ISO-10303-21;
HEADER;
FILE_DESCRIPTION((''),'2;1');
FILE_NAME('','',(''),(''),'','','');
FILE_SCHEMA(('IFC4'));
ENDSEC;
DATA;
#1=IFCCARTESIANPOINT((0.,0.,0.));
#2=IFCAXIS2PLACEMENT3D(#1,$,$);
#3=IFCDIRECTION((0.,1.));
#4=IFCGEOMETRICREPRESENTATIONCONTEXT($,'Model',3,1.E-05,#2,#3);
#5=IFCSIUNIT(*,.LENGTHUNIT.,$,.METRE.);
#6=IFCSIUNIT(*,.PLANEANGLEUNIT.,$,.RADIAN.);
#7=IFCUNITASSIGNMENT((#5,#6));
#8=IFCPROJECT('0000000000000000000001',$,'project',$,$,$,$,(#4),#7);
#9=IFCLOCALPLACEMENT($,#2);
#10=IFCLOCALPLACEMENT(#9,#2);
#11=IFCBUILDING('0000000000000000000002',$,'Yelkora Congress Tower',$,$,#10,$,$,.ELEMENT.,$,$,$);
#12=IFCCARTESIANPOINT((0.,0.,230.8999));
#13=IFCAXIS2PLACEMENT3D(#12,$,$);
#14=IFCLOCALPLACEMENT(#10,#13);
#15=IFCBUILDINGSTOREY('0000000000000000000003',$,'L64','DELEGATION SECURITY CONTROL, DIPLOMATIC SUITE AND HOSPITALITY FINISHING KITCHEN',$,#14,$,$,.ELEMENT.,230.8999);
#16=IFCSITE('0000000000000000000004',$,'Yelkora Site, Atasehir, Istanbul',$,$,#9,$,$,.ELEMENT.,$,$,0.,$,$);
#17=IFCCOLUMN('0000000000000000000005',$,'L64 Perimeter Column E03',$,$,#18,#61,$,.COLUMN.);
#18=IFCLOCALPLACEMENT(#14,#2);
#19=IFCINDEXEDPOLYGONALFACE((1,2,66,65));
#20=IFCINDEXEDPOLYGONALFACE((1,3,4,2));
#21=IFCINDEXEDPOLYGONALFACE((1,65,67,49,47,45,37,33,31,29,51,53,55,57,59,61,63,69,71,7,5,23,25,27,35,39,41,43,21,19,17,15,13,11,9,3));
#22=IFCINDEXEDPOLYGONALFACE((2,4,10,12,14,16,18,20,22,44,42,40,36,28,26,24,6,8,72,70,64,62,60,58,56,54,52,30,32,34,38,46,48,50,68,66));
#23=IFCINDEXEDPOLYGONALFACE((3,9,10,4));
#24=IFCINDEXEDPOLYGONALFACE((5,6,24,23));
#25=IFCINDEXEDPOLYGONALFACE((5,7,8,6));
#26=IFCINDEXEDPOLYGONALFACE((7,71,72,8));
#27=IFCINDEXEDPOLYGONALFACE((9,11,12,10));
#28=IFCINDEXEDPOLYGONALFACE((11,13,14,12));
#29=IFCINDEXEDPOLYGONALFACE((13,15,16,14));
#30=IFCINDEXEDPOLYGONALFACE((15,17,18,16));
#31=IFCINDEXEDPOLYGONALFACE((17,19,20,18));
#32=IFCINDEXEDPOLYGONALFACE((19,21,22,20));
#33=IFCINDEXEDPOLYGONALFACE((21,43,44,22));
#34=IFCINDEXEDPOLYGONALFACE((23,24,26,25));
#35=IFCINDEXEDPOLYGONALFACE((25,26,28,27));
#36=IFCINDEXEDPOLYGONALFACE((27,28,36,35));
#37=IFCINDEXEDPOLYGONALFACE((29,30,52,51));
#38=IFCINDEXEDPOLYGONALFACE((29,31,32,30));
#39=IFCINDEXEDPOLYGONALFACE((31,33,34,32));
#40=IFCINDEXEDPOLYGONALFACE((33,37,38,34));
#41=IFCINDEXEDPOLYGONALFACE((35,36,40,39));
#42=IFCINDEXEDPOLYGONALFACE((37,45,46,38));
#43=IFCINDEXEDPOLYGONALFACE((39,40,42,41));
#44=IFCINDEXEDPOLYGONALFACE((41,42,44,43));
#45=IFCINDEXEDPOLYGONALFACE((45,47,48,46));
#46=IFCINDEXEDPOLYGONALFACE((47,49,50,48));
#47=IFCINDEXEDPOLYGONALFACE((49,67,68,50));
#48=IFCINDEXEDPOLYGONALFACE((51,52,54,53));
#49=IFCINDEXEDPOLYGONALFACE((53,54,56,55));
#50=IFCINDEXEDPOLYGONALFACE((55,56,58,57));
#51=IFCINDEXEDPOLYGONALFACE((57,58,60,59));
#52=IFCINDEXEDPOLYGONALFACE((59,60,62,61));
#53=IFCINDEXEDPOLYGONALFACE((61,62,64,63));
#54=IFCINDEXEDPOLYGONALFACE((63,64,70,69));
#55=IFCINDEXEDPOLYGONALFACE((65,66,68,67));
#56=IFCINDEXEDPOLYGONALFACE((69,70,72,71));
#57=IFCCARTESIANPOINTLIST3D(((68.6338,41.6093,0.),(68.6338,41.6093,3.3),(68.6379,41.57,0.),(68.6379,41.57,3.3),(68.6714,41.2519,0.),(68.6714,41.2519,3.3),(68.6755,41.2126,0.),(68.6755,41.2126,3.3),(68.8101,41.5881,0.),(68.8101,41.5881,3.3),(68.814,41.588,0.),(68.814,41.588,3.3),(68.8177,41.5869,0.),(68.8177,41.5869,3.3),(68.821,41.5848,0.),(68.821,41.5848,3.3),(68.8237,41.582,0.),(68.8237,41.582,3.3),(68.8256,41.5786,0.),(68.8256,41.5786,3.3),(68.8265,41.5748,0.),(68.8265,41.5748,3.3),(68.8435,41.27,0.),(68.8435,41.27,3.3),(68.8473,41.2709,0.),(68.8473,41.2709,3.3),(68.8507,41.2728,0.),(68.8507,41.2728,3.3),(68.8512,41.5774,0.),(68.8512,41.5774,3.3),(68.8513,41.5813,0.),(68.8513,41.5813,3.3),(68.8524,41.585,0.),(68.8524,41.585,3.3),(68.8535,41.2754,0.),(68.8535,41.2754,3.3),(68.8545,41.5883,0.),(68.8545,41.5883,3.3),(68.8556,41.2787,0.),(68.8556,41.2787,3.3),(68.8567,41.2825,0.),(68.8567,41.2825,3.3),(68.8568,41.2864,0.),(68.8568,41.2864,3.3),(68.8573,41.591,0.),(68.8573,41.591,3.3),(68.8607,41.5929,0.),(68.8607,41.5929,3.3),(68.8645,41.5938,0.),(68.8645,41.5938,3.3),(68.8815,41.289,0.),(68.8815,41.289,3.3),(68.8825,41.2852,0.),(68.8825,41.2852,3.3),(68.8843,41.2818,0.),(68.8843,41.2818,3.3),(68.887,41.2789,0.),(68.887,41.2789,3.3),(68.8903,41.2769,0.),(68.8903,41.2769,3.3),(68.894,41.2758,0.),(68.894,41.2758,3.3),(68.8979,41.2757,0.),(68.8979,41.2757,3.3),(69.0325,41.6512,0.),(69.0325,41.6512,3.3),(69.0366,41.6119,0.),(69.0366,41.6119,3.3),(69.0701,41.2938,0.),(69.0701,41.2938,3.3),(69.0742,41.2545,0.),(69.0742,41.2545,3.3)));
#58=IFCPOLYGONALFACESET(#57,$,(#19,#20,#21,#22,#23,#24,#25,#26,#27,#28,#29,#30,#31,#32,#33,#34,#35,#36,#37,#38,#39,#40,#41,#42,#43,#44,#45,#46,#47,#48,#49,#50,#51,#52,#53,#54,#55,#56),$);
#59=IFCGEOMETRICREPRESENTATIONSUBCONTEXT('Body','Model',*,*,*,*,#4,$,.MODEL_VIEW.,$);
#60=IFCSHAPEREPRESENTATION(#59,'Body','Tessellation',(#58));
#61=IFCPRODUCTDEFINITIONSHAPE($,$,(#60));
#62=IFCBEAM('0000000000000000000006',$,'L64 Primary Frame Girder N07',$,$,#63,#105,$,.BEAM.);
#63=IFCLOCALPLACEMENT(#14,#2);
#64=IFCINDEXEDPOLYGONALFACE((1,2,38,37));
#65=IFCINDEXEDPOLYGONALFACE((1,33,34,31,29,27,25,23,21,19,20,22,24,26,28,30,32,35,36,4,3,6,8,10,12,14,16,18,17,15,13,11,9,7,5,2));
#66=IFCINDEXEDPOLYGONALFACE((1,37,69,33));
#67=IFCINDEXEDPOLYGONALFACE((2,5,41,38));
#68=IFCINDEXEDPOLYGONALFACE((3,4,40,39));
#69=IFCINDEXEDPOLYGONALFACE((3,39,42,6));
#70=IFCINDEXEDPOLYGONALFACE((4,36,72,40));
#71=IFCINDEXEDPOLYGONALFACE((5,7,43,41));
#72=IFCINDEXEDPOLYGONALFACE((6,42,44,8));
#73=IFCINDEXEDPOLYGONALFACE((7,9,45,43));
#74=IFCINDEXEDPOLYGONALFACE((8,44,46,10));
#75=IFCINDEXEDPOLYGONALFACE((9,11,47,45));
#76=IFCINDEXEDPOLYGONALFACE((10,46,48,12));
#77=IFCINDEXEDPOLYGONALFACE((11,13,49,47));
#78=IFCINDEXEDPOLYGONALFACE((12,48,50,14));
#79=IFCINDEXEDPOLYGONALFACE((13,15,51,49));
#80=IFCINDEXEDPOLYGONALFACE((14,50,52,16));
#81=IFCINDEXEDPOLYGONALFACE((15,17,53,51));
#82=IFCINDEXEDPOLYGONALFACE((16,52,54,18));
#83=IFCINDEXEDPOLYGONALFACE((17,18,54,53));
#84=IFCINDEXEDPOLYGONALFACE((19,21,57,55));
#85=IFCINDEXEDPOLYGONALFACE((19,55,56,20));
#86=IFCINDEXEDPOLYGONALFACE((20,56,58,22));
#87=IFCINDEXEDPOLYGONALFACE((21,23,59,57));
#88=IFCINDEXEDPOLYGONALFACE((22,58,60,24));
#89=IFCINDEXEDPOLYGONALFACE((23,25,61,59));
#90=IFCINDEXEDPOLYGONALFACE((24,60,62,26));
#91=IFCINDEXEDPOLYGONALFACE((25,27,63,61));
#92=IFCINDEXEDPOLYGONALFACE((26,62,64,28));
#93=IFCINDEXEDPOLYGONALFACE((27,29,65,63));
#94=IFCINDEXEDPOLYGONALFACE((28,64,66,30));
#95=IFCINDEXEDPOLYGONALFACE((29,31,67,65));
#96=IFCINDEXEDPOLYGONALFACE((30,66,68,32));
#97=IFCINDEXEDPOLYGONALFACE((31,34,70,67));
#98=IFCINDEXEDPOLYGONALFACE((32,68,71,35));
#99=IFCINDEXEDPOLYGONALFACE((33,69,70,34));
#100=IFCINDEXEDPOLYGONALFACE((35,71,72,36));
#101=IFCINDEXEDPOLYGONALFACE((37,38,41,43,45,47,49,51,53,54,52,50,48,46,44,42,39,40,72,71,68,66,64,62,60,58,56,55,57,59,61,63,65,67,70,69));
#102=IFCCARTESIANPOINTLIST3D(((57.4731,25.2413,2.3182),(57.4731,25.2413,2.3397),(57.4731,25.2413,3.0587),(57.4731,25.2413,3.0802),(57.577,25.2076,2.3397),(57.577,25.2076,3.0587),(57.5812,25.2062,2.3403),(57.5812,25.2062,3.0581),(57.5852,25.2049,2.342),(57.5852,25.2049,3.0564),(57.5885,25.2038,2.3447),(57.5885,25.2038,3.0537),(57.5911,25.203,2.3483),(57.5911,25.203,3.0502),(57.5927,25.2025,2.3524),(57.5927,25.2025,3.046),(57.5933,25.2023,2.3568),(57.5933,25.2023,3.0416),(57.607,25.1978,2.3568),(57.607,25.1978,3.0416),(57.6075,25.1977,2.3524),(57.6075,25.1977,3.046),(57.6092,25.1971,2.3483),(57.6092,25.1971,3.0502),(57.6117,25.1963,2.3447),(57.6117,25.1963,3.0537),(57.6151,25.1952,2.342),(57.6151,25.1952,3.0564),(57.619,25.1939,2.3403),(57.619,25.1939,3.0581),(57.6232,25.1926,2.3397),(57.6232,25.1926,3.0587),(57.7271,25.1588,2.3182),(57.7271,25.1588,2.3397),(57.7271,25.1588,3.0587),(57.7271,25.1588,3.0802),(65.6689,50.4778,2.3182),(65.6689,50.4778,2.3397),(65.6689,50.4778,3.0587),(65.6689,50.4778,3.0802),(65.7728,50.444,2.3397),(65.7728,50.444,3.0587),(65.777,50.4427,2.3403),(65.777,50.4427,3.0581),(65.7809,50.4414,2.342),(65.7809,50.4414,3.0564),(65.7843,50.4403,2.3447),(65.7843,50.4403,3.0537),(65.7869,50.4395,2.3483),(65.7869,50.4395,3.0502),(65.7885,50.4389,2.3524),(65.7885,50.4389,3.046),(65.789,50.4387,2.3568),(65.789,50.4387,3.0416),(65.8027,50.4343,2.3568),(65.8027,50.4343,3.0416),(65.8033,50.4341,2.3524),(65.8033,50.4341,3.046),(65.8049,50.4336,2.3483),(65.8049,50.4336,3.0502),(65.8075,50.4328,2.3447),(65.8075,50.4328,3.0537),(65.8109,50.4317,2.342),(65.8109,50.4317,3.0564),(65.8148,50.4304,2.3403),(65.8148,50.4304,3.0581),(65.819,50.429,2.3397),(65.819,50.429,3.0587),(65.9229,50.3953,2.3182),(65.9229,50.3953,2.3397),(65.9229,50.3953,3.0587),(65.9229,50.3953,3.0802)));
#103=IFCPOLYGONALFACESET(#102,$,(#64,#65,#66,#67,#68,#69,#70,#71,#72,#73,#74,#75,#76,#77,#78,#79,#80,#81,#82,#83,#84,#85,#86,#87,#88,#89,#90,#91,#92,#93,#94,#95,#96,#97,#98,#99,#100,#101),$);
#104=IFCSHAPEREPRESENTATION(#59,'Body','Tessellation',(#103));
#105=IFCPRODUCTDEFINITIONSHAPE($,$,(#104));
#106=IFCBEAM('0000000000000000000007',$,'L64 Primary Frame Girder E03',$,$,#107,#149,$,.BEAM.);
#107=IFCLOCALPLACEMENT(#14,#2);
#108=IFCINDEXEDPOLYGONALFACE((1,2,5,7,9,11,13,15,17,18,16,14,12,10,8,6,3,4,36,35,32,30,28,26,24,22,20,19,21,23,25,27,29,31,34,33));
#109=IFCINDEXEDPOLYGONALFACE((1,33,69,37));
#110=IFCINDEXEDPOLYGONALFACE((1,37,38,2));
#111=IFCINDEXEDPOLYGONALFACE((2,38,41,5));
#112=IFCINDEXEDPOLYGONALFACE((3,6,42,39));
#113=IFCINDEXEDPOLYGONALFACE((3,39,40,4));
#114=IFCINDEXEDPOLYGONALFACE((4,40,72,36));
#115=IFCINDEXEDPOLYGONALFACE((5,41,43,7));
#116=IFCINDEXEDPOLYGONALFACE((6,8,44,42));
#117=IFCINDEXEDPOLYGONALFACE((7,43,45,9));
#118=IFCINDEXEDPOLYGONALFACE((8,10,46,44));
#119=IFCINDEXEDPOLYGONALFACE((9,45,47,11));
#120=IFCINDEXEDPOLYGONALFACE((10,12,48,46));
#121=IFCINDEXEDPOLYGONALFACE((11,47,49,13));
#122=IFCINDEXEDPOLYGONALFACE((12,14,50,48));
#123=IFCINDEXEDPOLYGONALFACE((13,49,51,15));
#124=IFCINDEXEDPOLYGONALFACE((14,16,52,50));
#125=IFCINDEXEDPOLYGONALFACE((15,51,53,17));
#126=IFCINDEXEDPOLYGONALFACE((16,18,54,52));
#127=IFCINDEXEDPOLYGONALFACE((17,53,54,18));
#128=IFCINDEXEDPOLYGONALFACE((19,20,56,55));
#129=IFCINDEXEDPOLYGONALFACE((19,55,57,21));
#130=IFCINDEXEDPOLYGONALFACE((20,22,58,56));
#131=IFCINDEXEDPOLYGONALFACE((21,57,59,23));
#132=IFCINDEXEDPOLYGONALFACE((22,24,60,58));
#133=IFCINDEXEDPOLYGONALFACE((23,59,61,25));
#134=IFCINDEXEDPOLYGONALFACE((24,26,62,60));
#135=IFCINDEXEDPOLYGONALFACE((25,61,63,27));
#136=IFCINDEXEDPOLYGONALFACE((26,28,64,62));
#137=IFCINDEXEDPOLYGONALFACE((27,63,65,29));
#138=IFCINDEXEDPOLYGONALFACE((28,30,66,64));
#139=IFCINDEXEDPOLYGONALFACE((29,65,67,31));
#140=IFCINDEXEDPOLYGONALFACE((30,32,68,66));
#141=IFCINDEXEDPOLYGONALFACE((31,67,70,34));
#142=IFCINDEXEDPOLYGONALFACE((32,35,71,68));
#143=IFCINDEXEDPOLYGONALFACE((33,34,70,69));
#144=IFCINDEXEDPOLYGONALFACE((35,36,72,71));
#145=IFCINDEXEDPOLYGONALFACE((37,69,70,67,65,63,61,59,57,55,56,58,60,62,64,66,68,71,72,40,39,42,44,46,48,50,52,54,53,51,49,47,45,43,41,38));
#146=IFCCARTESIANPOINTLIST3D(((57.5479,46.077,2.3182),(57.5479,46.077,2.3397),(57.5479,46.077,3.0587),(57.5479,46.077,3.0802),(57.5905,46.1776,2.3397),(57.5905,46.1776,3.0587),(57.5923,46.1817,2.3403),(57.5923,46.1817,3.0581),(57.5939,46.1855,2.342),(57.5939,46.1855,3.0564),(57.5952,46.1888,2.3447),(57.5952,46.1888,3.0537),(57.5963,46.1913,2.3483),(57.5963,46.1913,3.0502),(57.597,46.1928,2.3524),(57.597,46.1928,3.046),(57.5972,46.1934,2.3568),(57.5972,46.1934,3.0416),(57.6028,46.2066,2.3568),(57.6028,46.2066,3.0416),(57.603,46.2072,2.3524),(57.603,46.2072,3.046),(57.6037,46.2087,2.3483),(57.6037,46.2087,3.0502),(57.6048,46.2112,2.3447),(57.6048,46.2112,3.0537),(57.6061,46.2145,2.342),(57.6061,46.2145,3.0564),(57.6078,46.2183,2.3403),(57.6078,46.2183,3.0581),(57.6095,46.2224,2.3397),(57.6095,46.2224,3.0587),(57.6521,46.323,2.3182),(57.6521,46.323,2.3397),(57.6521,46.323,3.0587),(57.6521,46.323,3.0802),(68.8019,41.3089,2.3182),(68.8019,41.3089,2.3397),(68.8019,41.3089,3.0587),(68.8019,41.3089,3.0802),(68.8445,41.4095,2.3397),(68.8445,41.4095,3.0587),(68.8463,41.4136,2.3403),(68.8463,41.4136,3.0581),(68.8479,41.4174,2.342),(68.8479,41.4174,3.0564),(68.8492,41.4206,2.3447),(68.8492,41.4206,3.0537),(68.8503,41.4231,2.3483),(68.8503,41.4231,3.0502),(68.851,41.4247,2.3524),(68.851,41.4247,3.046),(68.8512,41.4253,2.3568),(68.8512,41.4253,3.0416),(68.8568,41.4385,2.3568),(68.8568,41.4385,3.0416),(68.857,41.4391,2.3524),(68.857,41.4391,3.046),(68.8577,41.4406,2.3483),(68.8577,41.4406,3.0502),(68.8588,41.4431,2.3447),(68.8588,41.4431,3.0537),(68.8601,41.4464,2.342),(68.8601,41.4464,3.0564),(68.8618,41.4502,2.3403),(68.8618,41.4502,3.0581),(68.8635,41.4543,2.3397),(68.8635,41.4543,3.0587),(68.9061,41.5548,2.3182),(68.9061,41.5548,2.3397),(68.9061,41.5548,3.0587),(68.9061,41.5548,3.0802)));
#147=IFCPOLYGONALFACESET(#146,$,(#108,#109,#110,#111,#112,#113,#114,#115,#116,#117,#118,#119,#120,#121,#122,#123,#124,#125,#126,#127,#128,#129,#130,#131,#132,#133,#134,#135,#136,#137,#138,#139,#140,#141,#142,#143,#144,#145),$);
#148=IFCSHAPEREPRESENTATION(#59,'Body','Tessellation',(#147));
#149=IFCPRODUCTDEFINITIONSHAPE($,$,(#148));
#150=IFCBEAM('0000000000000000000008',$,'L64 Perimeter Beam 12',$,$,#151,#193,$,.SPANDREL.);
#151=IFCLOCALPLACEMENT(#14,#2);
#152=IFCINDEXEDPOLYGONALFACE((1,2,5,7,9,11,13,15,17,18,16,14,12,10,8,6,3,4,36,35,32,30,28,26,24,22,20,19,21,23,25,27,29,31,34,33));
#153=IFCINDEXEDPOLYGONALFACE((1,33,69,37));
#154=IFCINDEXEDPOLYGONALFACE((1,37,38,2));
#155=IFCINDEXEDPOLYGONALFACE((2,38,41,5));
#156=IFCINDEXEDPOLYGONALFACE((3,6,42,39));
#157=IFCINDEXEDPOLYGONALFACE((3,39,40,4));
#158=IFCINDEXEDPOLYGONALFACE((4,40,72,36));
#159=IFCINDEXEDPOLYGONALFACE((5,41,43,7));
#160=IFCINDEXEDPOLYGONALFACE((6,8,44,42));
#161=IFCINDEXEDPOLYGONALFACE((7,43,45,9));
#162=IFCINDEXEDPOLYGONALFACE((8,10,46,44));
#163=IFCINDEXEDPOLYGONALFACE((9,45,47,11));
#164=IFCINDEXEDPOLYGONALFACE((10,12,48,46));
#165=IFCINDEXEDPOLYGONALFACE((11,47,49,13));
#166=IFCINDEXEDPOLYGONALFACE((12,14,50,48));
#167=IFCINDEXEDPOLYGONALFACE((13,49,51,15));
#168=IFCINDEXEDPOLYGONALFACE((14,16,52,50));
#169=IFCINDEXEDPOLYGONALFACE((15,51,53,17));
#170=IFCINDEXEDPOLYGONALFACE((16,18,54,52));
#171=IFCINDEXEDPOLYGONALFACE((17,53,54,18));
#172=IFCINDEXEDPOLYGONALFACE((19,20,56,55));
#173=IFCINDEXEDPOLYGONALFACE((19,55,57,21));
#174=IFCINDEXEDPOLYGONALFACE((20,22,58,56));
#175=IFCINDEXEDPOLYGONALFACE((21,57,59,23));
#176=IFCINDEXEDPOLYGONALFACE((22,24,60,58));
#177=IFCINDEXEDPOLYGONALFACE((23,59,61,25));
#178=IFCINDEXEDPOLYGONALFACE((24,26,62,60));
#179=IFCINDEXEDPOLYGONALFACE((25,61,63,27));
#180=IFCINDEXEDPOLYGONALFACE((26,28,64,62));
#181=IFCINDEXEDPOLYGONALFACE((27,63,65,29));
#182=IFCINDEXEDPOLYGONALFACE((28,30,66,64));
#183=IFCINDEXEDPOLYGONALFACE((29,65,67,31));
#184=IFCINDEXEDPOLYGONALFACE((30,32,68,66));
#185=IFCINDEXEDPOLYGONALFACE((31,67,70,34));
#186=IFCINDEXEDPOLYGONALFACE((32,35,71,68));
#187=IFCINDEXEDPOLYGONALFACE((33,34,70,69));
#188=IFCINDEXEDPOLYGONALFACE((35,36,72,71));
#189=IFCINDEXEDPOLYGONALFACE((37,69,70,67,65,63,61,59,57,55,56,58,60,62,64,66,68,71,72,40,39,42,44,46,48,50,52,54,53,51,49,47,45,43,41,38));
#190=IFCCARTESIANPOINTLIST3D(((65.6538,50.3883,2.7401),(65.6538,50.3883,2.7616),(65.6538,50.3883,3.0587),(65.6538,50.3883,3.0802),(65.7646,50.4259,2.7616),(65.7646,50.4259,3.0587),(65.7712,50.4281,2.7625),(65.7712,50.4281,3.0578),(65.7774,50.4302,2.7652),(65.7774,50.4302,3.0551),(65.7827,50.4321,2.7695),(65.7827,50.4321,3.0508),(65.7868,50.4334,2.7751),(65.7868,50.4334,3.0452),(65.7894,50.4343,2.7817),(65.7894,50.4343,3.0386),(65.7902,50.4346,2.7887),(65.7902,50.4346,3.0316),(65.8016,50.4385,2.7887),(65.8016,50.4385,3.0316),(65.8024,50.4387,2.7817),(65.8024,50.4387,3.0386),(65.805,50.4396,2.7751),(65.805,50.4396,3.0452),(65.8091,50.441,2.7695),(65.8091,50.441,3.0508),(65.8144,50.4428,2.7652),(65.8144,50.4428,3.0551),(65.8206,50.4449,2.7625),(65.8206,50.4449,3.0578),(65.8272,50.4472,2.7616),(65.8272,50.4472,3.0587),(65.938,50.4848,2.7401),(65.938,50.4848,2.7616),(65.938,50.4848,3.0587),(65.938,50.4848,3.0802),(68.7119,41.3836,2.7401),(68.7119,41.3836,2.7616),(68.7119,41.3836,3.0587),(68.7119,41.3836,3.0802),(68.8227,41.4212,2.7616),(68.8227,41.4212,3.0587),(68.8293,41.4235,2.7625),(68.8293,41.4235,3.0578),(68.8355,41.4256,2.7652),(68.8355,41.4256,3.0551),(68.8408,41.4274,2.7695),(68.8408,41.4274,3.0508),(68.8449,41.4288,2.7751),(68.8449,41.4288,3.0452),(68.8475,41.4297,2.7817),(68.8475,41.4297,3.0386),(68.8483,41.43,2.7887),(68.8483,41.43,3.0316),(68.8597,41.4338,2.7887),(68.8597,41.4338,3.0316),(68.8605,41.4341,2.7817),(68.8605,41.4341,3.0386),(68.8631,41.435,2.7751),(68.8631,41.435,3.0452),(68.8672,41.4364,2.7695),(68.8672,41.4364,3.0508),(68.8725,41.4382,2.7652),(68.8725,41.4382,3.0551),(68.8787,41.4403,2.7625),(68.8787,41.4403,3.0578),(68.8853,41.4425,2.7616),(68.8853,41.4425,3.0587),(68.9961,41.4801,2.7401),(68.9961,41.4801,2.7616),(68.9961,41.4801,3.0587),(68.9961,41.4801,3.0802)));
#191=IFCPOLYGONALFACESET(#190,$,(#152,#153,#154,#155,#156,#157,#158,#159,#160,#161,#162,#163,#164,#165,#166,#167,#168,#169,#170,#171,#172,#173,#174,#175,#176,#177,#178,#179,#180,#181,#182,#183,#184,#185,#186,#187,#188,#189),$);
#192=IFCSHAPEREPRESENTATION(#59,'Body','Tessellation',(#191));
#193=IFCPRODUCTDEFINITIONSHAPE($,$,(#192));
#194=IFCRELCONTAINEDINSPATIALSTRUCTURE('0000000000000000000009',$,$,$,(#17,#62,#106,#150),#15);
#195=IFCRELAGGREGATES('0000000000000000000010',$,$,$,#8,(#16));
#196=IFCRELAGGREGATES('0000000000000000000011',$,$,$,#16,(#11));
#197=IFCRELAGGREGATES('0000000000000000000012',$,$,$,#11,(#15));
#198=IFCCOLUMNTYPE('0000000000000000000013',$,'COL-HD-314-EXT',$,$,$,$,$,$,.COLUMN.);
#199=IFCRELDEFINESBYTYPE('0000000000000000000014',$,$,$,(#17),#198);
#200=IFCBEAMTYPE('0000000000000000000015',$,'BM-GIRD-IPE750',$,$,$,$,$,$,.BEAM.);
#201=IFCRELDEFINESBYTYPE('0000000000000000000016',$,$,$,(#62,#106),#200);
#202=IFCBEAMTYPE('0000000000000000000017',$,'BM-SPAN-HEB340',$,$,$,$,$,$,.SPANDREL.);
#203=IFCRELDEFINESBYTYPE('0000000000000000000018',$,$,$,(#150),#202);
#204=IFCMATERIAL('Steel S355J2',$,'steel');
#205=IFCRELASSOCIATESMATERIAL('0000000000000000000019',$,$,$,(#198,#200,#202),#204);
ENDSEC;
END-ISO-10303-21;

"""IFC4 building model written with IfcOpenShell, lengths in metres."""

from ifc_helpers import new_model, si_unit, direction, frame, origin, origin_2d, place, context, subcontext, project, spatial, i_section, extrude, material, material_profile, profile_set, type_object, element, save


model = new_model("IFC4")

# Units and contexts
model_context = context("Model", 3, precision=1e-05, world=origin(), true_north=direction((0.0, 1.0)))
body_context = subcontext(model_context, "Body", "Model", "MODEL_VIEW")
ifc_project = project(units=[si_unit("LENGTHUNIT", "METRE"), si_unit("PLANEANGLEUNIT", "RADIAN")], contexts=[model_context])

# Site, building, storey
site_placement = place(None, origin())
site = spatial("IfcSite", under=ifc_project, at=site_placement, Name="Yelkora Site, Atasehir, Istanbul", CompositionType="ELEMENT", RefElevation=0.0)
building_placement = place(site_placement, origin())
building = spatial("IfcBuilding", under=site, at=building_placement, Name="Yelkora Congress Tower", CompositionType="ELEMENT")
storey_placement = place(building_placement, frame((0.0, 0.0, 230.8999)))
storey = spatial("IfcBuildingStorey", under=building, at=storey_placement, Name="L64", Description="DELEGATION SECURITY CONTROL, DIPLOMATIC SUITE AND HOSPITALITY FINISHING KITCHEN", CompositionType="ELEMENT", Elevation=230.8999)

# Column
ifc_material_1 = material(Name="Steel S355J2", Category="steel")
ifc_material_profile_1 = material_profile(ifc_material_1, i_section(OverallWidth=0.4009, OverallDepth=0.3989, WebThickness=0.0249, FlangeThickness=0.0396, FilletRadius=0.0149, at=origin_2d()), Name="HD 400x314")
ifc_profile_set_1 = profile_set([ifc_material_profile_1], Name="Steel S355J2")
column_type = type_object("IfcColumnType", Name="COL-HD-314-EXT", PredefinedType="COLUMN", material=ifc_profile_set_1)
column_placement = place(storey_placement, frame((68.854, 41.4319, 0.0), z_axis=(0.0, 0.0, 1.0), x_axis=(0.994522, 0.104528, 0.0)))
element("IfcColumn", 1, at=column_placement, inside=storey, type_object=column_type, Name="L64 Perimeter Column E03", PredefinedType="COLUMN", context=body_context, shape_type="SweptSolid", body=[
    extrude(i_section(OverallWidth=0.4009, OverallDepth=0.3989, WebThickness=0.0249, FlangeThickness=0.0396, FilletRadius=0.0149, at=origin_2d()), origin(), (0.0, 0.0, 1.0), 3.3),
])

# Beams
ifc_material_profile_2 = material_profile(ifc_material_1, i_section(OverallWidth=0.2671, OverallDepth=0.762, WebThickness=0.0144, FlangeThickness=0.0215, FilletRadius=0.0171, at=origin_2d()), Name="IPE 750x173")
ifc_profile_set_2 = profile_set([ifc_material_profile_2], Name="Steel S355J2")
beam_type_1 = type_object("IfcBeamType", Name="BM-GIRD-IPE750", PredefinedType="BEAM", material=ifc_profile_set_2)
beam_1_placement = place(storey_placement, frame((65.7959, 50.4365, 2.6992), z_axis=(-0.308879, -0.951101, 0.0), x_axis=(0.951101, -0.308879, 0.0)))
element("IfcBeam", 2, at=beam_1_placement, inside=storey, type_object=beam_type_1, Name="L64 Primary Frame Girder N07", PredefinedType="BEAM", context=body_context, shape_type="SweptSolid", body=[
    extrude(i_section(OverallWidth=0.2671, OverallDepth=0.762, WebThickness=0.0144, FlangeThickness=0.0215, FilletRadius=0.0171, at=origin_2d()), origin(), (0.0, 0.0, 1.0), 26.5339),
])
beam_2_placement = place(storey_placement, frame((68.854, 41.4319, 2.6992), z_axis=(-0.920768, 0.390112, 0.0), x_axis=(-0.390112, -0.920768, 0.0)))
element("IfcBeam", 3, at=beam_2_placement, inside=storey, type_object=beam_type_1, Name="L64 Primary Frame Girder E03", PredefinedType="BEAM", context=body_context, shape_type="SweptSolid", body=[
    extrude(i_section(OverallWidth=0.2671, OverallDepth=0.762, WebThickness=0.0144, FlangeThickness=0.0215, FilletRadius=0.0171, at=origin_2d()), origin(), (0.0, 0.0, 1.0), 12.2224),
])
ifc_material_profile_3 = material_profile(ifc_material_1, i_section(OverallWidth=0.3, OverallDepth=0.3401, WebThickness=0.012, FlangeThickness=0.0215, FilletRadius=0.0271, at=origin_2d()), Name="HEB 340")
ifc_profile_set_3 = profile_set([ifc_material_profile_3], Name="Steel S355J2")
beam_type_2 = type_object("IfcBeamType", Name="BM-SPAN-HEB340", PredefinedType="SPANDREL", material=ifc_profile_set_3)
beam_3_placement = place(storey_placement, frame((68.854, 41.4319, 2.9102), z_axis=(-0.321575, 0.946884, 0.0), x_axis=(-0.946884, -0.321575, 0.0)))
element("IfcBeam", 4, at=beam_3_placement, inside=storey, type_object=beam_type_2, Name="L64 Perimeter Beam 12", PredefinedType="SPANDREL", context=body_context, shape_type="SweptSolid", body=[
    extrude(i_section(OverallWidth=0.3, OverallDepth=0.3401, WebThickness=0.012, FlangeThickness=0.0215, FilletRadius=0.0271, at=origin_2d()), origin(), (0.0, 0.0, 1.0), 9.5098),
])

save(model, "model.ifc")
